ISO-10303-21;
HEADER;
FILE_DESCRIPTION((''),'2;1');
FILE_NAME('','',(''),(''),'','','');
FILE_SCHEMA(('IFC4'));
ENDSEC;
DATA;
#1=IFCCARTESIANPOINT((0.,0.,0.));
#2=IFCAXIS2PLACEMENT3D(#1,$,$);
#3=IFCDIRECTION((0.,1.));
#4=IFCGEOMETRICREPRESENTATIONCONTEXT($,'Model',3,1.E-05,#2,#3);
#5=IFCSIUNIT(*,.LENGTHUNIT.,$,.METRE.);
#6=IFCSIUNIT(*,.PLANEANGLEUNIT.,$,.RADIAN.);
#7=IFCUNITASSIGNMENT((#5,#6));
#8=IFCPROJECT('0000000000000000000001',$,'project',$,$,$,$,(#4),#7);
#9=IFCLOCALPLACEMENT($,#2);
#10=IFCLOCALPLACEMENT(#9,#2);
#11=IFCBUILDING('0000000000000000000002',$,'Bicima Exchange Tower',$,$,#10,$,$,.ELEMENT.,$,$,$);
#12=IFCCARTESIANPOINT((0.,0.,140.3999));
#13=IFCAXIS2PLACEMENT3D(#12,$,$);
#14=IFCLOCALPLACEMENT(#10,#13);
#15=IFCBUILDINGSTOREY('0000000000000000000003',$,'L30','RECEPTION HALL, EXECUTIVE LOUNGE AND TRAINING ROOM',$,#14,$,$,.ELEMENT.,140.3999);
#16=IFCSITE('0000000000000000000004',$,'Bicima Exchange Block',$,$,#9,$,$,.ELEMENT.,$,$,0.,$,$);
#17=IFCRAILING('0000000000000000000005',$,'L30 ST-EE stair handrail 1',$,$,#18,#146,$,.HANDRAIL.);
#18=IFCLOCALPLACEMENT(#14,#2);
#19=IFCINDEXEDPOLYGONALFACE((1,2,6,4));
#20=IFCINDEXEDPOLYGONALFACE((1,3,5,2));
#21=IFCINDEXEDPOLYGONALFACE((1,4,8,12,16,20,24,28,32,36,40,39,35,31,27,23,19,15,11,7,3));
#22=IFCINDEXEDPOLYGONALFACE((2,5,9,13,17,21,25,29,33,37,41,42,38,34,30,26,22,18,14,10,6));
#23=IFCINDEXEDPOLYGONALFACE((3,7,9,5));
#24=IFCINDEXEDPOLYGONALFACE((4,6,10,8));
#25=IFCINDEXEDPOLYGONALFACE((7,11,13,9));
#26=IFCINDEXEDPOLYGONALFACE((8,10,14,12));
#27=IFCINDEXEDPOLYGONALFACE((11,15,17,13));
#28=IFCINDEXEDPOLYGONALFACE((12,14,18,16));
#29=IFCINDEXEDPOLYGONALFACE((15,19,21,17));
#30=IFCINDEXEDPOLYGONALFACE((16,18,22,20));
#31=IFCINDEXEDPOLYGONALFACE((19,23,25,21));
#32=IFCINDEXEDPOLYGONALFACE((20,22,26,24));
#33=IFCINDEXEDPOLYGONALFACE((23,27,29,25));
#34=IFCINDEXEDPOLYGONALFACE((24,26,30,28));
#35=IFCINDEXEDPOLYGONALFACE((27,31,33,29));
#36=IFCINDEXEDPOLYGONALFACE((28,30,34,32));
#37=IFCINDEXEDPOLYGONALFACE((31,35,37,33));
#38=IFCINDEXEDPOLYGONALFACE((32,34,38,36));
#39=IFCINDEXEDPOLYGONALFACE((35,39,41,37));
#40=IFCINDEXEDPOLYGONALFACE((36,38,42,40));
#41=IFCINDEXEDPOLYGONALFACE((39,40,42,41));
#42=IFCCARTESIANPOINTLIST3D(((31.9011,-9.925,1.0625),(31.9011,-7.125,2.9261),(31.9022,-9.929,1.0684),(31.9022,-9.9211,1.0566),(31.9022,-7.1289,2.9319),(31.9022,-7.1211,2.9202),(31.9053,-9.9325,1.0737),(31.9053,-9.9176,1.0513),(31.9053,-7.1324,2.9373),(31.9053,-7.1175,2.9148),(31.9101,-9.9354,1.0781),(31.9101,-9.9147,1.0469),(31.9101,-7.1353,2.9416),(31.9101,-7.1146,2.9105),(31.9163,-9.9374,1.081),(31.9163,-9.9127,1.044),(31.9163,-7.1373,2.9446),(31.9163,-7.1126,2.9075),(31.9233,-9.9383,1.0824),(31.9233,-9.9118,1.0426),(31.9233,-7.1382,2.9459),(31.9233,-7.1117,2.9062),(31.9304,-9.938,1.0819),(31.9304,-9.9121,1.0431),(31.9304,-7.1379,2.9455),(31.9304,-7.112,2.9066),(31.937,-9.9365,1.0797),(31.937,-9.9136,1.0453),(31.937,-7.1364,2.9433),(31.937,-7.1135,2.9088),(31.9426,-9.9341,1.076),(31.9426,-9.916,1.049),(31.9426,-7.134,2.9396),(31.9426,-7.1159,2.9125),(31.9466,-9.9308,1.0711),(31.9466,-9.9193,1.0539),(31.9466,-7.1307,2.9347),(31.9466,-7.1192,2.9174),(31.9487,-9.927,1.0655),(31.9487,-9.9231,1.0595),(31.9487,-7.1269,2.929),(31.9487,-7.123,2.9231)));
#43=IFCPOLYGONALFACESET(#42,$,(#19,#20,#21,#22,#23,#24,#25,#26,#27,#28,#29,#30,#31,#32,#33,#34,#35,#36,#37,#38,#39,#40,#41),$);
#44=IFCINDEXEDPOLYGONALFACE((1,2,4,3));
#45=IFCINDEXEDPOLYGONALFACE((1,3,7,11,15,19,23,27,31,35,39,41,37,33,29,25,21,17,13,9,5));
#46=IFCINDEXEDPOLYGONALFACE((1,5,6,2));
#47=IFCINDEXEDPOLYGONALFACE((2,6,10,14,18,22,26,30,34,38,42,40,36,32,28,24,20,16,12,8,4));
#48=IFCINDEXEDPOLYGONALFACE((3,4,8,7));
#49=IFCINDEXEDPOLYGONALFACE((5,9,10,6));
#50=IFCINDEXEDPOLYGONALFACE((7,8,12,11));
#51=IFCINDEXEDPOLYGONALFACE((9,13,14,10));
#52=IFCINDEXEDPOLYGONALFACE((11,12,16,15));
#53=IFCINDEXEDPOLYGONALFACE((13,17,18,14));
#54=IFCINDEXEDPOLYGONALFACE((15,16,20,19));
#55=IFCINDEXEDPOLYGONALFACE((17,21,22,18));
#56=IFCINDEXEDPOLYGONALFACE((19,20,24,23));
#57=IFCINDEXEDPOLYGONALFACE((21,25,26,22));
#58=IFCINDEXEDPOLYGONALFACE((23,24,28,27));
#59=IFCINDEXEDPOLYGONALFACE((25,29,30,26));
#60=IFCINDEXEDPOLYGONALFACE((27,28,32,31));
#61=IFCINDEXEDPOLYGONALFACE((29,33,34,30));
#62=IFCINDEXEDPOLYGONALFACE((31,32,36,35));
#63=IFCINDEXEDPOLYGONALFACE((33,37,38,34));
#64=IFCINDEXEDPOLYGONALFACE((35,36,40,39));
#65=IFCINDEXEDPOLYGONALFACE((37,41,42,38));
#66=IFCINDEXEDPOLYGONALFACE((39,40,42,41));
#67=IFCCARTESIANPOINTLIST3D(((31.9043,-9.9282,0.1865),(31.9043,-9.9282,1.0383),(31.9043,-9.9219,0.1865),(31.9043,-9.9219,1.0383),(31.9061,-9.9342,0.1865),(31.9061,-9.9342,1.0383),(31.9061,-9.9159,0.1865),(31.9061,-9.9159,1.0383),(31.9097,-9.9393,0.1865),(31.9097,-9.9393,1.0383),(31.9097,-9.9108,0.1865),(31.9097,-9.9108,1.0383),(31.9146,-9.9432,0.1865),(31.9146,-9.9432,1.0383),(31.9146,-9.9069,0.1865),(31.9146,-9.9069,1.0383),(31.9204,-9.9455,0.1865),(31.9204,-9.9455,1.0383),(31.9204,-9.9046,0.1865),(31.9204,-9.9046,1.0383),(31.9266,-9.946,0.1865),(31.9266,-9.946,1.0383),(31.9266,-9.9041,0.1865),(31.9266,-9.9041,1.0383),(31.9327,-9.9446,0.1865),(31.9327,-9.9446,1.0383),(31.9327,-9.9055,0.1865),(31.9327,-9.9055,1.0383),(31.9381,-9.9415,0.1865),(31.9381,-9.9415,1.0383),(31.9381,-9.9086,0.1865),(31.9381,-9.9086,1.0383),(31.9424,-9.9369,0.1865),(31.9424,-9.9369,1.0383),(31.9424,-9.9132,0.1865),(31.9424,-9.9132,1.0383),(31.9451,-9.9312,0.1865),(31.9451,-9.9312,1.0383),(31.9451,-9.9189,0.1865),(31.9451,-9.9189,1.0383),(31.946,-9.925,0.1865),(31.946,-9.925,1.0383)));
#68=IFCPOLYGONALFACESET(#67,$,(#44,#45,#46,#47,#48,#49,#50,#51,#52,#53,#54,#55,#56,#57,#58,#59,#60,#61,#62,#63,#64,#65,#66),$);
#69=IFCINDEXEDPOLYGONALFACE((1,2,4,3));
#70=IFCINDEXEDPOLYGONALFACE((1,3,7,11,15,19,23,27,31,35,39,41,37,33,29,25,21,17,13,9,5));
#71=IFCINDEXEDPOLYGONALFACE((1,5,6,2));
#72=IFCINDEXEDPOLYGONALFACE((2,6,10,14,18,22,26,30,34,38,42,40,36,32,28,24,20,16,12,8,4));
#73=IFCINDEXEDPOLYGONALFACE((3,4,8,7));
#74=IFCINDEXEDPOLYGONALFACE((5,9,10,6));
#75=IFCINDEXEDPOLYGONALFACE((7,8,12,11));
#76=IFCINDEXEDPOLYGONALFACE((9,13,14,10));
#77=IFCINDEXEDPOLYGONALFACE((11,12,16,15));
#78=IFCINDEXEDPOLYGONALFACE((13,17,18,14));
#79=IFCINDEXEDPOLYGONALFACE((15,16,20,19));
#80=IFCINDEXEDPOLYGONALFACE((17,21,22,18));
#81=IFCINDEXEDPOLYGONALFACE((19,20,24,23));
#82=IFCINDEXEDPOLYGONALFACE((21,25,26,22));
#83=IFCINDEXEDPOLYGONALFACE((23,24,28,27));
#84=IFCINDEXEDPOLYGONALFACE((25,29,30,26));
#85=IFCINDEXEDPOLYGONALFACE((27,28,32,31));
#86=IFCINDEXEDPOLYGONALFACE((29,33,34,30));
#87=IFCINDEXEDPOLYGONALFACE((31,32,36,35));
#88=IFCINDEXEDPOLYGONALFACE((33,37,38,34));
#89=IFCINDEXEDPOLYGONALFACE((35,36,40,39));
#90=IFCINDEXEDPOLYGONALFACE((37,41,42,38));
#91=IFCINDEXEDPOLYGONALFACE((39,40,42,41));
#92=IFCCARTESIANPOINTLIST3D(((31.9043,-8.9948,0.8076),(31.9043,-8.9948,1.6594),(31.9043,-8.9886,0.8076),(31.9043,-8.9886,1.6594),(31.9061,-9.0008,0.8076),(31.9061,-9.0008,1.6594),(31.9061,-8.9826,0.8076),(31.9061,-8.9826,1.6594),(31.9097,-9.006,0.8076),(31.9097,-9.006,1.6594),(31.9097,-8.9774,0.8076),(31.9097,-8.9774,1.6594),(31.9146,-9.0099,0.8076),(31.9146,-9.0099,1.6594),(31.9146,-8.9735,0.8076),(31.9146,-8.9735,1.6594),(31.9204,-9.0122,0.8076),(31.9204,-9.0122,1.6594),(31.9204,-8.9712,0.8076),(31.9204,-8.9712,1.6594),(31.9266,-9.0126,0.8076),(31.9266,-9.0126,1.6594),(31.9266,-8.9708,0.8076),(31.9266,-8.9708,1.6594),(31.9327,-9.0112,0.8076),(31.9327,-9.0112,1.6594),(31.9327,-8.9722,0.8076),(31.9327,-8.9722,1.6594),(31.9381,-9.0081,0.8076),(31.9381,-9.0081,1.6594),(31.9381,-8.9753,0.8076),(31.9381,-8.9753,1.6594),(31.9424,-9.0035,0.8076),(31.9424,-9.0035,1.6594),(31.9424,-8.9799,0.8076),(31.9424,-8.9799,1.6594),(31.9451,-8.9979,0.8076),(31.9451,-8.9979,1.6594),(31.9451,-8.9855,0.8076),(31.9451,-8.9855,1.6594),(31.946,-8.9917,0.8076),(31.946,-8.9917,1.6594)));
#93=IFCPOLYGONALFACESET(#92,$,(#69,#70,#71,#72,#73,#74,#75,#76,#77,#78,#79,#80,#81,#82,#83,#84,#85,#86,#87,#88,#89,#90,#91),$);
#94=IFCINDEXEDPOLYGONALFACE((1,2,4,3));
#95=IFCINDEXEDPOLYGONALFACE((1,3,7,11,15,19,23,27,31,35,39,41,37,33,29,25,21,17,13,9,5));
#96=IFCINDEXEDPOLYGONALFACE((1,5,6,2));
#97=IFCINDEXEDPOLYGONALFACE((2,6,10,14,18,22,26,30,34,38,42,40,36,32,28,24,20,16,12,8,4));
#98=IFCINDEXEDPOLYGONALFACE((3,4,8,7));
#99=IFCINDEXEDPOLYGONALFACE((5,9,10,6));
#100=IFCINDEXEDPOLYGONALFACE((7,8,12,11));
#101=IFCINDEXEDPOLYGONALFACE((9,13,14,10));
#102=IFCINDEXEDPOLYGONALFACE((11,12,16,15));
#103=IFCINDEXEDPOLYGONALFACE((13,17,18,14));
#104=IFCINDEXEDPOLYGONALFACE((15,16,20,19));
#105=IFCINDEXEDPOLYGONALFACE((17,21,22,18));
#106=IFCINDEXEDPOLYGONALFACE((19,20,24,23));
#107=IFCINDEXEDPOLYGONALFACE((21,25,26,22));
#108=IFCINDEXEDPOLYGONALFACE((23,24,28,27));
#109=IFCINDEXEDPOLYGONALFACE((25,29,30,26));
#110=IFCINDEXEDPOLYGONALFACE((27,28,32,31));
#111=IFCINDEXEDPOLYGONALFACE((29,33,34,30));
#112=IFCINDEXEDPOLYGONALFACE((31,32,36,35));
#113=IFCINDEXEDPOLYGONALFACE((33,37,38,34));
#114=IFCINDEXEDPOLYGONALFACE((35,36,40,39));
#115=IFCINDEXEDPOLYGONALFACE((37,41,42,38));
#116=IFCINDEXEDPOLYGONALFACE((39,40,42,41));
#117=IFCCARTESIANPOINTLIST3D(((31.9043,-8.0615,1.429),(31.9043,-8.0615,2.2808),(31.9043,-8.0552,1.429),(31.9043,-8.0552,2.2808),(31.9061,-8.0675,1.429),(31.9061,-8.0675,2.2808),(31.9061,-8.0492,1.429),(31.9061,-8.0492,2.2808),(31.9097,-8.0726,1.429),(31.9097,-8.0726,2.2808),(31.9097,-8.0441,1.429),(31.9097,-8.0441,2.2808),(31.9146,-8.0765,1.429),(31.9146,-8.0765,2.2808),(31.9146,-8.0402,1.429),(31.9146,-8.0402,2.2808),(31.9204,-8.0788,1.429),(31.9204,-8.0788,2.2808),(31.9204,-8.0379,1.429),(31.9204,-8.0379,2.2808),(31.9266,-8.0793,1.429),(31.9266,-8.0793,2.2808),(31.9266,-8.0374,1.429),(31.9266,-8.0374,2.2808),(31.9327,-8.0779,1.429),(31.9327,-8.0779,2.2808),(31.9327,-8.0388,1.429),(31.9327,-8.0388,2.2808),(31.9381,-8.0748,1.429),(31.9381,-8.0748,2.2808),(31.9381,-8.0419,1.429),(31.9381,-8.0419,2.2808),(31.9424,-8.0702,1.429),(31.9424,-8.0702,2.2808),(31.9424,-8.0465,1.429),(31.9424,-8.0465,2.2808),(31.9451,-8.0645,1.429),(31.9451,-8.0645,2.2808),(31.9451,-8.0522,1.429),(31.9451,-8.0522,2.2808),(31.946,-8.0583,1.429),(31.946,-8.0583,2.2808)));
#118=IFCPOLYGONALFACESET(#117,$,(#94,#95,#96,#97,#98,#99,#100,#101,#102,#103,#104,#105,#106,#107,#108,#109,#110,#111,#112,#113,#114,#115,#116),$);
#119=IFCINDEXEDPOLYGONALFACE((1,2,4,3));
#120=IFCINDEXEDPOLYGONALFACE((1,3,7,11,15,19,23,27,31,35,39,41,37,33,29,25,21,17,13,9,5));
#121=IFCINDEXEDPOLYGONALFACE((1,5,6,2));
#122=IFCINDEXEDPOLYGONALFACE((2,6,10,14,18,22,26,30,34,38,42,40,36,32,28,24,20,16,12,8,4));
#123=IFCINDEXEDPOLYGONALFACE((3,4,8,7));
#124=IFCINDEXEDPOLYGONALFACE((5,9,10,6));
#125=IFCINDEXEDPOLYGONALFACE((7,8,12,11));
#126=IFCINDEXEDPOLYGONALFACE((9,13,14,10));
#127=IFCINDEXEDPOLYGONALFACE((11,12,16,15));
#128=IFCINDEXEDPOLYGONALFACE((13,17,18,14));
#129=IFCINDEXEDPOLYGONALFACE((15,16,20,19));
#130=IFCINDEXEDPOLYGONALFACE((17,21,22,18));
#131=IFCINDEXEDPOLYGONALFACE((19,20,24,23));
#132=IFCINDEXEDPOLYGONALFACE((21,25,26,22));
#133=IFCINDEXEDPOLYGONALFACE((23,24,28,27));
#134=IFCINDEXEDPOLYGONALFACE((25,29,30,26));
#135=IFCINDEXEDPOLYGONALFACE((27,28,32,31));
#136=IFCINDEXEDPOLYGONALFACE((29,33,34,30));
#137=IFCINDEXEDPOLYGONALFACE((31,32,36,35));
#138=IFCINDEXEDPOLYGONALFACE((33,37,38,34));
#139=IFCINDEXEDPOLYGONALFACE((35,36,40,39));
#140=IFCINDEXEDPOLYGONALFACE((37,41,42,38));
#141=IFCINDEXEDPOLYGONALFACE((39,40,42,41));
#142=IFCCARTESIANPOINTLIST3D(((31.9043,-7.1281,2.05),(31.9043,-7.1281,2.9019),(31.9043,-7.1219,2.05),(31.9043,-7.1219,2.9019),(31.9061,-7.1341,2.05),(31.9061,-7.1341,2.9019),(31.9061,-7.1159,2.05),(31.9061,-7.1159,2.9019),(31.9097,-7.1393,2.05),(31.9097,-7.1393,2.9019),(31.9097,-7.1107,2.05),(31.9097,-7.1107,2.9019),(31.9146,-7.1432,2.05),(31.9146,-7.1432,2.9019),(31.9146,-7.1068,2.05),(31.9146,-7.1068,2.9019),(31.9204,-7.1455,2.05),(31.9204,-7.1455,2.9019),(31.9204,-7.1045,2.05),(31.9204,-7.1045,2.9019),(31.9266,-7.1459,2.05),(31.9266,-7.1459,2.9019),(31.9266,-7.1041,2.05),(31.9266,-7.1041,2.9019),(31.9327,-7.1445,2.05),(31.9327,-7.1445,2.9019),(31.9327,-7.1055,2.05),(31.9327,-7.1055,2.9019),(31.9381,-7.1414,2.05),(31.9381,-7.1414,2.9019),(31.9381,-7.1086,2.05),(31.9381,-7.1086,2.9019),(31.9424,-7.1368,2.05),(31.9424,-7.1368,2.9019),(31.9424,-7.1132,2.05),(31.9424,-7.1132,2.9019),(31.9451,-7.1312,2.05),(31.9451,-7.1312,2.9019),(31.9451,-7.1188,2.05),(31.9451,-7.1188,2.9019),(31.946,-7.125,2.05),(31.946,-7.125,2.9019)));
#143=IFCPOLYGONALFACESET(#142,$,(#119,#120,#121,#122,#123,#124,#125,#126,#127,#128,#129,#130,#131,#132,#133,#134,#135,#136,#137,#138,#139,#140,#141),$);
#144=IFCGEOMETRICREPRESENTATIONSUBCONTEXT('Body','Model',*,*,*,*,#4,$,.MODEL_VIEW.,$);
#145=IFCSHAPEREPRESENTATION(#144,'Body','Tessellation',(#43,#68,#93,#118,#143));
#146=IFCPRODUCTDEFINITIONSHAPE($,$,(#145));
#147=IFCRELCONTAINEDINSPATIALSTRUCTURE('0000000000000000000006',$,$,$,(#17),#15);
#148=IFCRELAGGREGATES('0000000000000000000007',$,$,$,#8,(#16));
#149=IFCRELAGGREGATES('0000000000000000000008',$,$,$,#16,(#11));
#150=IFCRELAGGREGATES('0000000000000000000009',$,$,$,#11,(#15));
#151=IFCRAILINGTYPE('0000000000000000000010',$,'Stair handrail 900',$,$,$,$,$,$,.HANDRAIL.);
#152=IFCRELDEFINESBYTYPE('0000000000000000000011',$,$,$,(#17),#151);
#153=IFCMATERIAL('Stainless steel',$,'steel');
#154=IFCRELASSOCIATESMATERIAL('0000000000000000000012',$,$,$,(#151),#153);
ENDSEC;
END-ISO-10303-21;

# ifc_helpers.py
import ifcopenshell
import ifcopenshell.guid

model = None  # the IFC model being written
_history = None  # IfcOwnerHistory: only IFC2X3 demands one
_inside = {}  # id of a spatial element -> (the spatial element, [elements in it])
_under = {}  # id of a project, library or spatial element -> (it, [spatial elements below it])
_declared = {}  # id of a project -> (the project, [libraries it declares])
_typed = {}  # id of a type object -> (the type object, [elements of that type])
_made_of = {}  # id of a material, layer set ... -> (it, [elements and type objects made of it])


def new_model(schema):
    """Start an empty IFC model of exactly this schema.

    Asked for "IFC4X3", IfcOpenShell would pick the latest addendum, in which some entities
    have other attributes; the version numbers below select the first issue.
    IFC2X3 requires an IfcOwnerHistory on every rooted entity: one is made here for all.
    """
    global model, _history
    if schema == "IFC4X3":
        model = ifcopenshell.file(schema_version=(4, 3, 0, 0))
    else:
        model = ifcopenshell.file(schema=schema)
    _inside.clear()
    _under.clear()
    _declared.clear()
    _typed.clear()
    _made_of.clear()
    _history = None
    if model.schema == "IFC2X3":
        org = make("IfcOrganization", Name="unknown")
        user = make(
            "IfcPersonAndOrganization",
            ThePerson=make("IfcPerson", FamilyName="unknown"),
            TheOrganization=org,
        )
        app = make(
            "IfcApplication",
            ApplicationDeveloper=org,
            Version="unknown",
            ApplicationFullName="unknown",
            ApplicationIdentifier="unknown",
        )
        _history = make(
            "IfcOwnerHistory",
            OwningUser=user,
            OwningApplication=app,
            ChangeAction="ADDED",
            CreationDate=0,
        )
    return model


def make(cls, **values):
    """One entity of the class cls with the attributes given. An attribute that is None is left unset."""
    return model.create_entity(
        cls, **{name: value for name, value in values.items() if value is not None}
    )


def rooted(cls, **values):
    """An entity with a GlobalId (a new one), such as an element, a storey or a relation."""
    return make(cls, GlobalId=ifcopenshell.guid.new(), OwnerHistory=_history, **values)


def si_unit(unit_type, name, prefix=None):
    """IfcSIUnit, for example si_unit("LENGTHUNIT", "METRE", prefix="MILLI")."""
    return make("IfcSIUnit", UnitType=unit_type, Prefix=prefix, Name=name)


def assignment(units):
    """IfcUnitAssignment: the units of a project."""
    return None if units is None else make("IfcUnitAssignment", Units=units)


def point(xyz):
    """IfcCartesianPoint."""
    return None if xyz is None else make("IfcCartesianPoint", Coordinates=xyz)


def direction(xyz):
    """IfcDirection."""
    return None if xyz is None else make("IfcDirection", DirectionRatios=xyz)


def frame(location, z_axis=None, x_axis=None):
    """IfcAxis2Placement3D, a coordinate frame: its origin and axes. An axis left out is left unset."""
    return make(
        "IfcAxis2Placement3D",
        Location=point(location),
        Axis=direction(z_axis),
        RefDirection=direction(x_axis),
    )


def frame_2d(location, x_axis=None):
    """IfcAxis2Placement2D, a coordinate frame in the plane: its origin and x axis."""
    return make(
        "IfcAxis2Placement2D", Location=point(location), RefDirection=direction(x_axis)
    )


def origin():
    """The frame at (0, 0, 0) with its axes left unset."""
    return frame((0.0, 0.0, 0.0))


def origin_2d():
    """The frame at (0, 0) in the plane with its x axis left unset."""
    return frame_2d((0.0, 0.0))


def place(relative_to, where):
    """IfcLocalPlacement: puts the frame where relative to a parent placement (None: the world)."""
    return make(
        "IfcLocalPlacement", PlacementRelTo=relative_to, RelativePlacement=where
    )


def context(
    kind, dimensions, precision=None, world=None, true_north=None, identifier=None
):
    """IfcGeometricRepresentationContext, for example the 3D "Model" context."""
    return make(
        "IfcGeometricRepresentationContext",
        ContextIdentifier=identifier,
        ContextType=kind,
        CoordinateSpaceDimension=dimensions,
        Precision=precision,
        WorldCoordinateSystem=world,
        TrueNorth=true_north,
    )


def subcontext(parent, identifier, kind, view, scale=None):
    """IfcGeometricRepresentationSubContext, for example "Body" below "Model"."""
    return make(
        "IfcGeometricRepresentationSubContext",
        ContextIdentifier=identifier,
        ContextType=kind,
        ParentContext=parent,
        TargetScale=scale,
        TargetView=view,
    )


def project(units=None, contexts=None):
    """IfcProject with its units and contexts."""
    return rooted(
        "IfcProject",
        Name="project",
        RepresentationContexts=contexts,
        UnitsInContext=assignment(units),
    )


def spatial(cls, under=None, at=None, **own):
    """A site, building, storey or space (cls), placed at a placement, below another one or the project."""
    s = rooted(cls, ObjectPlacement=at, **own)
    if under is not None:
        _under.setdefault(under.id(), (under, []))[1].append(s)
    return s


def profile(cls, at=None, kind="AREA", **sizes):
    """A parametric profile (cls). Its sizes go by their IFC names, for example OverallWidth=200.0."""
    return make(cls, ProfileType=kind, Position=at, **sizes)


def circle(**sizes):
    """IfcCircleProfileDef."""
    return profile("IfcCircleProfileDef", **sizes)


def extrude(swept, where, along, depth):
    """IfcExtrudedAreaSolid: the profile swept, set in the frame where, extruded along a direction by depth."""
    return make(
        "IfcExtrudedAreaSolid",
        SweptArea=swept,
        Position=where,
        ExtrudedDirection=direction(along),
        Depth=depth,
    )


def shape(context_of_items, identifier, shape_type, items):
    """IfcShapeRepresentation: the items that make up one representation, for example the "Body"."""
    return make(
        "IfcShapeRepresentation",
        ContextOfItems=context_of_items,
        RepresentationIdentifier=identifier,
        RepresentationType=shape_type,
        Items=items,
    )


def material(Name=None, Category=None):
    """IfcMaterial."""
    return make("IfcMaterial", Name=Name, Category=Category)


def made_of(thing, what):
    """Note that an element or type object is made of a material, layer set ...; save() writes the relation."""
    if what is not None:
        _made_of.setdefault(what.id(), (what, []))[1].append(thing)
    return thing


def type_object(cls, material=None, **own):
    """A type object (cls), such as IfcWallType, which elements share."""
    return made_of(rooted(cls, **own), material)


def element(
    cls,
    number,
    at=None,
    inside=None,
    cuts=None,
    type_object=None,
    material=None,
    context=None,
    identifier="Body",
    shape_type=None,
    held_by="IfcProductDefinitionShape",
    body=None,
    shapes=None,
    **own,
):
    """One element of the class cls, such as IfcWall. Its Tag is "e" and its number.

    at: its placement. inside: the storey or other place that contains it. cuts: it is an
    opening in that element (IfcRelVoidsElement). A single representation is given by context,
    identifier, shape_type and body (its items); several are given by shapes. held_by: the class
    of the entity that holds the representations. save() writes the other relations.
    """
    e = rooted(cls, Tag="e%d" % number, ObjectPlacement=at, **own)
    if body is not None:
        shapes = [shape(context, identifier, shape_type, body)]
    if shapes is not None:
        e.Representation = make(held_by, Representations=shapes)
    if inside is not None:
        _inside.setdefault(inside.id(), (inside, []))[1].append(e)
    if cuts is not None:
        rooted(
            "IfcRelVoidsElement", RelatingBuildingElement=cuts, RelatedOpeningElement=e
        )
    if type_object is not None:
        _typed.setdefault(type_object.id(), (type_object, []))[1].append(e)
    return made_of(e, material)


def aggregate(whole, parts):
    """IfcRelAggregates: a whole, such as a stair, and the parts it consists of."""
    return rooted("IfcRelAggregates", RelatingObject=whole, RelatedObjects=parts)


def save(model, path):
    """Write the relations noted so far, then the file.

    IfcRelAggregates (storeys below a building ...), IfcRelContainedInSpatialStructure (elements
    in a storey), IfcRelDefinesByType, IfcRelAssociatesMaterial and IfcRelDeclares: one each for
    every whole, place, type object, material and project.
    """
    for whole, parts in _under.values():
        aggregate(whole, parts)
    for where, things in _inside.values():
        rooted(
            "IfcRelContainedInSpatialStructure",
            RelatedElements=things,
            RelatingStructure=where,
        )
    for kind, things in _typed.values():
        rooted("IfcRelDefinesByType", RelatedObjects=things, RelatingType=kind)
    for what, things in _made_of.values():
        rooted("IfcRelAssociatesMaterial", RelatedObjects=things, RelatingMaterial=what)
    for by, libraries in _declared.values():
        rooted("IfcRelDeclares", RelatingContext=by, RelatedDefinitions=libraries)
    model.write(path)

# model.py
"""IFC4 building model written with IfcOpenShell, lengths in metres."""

from ifc_helpers import new_model, si_unit, direction, frame, origin, origin_2d, place, context, subcontext, project, spatial, circle, extrude, material, type_object, element, save


model = new_model("IFC4")

# Units and contexts
model_context = context("Model", 3, precision=1e-05, world=origin(), true_north=direction((0.0, 1.0)))
body_context = subcontext(model_context, "Body", "Model", "MODEL_VIEW")
ifc_project = project(units=[si_unit("LENGTHUNIT", "METRE"), si_unit("PLANEANGLEUNIT", "RADIAN")], contexts=[model_context])

# Site, building, storey
site_placement = place(None, origin())
site = spatial("IfcSite", under=ifc_project, at=site_placement, Name="Bicima Exchange Block", CompositionType="ELEMENT", RefElevation=0.0)
building_placement = place(site_placement, origin())
building = spatial("IfcBuilding", under=site, at=building_placement, Name="Bicima Exchange Tower", CompositionType="ELEMENT")
storey_placement = place(building_placement, frame((0.0, 0.0, 140.3999)))
storey = spatial("IfcBuildingStorey", under=building, at=storey_placement, Name="L30", Description="RECEPTION HALL, EXECUTIVE LOUNGE AND TRAINING ROOM", CompositionType="ELEMENT", Elevation=140.3999)

# Railing
ifc_material_1 = material(Name="Stainless steel", Category="steel")
railing_type_1 = type_object("IfcRailingType", Name="Stair handrail 900", PredefinedType="HANDRAIL", material=ifc_material_1)
railing_1_placement = place(storey_placement, frame((31.925, -9.925, 0.1865)))
element("IfcRailing", 1, at=railing_1_placement, inside=storey, type_object=railing_type_1, Name="L30 ST-EE stair handrail 1", PredefinedType="HANDRAIL", context=body_context, shape_type="SweptSolid", body=[
    extrude(circle(Radius=0.0239, at=origin_2d()), frame((0.0, 0.0, 0.876), z_axis=(0.0, 0.832486, 0.554047), x_axis=(-1.0, 0.0, 0.0)), (0.0, 0.0, 1.0), 3.3635),
    extrude(circle(Radius=0.021, at=origin_2d()), origin(), (0.0, 0.0, 1.0), 0.8518),
    extrude(circle(Radius=0.021, at=origin_2d()), frame((0.0, 0.9333, 0.6211)), (0.0, 0.0, 1.0), 0.8518),
    extrude(circle(Radius=0.021, at=origin_2d()), frame((0.0, 1.8667, 1.2424)), (0.0, 0.0, 1.0), 0.8518),
    extrude(circle(Radius=0.021, at=origin_2d()), frame((0.0, 2.8, 1.8635)), (0.0, 0.0, 1.0), 0.8518),
])

save(model, "model.ifc")
